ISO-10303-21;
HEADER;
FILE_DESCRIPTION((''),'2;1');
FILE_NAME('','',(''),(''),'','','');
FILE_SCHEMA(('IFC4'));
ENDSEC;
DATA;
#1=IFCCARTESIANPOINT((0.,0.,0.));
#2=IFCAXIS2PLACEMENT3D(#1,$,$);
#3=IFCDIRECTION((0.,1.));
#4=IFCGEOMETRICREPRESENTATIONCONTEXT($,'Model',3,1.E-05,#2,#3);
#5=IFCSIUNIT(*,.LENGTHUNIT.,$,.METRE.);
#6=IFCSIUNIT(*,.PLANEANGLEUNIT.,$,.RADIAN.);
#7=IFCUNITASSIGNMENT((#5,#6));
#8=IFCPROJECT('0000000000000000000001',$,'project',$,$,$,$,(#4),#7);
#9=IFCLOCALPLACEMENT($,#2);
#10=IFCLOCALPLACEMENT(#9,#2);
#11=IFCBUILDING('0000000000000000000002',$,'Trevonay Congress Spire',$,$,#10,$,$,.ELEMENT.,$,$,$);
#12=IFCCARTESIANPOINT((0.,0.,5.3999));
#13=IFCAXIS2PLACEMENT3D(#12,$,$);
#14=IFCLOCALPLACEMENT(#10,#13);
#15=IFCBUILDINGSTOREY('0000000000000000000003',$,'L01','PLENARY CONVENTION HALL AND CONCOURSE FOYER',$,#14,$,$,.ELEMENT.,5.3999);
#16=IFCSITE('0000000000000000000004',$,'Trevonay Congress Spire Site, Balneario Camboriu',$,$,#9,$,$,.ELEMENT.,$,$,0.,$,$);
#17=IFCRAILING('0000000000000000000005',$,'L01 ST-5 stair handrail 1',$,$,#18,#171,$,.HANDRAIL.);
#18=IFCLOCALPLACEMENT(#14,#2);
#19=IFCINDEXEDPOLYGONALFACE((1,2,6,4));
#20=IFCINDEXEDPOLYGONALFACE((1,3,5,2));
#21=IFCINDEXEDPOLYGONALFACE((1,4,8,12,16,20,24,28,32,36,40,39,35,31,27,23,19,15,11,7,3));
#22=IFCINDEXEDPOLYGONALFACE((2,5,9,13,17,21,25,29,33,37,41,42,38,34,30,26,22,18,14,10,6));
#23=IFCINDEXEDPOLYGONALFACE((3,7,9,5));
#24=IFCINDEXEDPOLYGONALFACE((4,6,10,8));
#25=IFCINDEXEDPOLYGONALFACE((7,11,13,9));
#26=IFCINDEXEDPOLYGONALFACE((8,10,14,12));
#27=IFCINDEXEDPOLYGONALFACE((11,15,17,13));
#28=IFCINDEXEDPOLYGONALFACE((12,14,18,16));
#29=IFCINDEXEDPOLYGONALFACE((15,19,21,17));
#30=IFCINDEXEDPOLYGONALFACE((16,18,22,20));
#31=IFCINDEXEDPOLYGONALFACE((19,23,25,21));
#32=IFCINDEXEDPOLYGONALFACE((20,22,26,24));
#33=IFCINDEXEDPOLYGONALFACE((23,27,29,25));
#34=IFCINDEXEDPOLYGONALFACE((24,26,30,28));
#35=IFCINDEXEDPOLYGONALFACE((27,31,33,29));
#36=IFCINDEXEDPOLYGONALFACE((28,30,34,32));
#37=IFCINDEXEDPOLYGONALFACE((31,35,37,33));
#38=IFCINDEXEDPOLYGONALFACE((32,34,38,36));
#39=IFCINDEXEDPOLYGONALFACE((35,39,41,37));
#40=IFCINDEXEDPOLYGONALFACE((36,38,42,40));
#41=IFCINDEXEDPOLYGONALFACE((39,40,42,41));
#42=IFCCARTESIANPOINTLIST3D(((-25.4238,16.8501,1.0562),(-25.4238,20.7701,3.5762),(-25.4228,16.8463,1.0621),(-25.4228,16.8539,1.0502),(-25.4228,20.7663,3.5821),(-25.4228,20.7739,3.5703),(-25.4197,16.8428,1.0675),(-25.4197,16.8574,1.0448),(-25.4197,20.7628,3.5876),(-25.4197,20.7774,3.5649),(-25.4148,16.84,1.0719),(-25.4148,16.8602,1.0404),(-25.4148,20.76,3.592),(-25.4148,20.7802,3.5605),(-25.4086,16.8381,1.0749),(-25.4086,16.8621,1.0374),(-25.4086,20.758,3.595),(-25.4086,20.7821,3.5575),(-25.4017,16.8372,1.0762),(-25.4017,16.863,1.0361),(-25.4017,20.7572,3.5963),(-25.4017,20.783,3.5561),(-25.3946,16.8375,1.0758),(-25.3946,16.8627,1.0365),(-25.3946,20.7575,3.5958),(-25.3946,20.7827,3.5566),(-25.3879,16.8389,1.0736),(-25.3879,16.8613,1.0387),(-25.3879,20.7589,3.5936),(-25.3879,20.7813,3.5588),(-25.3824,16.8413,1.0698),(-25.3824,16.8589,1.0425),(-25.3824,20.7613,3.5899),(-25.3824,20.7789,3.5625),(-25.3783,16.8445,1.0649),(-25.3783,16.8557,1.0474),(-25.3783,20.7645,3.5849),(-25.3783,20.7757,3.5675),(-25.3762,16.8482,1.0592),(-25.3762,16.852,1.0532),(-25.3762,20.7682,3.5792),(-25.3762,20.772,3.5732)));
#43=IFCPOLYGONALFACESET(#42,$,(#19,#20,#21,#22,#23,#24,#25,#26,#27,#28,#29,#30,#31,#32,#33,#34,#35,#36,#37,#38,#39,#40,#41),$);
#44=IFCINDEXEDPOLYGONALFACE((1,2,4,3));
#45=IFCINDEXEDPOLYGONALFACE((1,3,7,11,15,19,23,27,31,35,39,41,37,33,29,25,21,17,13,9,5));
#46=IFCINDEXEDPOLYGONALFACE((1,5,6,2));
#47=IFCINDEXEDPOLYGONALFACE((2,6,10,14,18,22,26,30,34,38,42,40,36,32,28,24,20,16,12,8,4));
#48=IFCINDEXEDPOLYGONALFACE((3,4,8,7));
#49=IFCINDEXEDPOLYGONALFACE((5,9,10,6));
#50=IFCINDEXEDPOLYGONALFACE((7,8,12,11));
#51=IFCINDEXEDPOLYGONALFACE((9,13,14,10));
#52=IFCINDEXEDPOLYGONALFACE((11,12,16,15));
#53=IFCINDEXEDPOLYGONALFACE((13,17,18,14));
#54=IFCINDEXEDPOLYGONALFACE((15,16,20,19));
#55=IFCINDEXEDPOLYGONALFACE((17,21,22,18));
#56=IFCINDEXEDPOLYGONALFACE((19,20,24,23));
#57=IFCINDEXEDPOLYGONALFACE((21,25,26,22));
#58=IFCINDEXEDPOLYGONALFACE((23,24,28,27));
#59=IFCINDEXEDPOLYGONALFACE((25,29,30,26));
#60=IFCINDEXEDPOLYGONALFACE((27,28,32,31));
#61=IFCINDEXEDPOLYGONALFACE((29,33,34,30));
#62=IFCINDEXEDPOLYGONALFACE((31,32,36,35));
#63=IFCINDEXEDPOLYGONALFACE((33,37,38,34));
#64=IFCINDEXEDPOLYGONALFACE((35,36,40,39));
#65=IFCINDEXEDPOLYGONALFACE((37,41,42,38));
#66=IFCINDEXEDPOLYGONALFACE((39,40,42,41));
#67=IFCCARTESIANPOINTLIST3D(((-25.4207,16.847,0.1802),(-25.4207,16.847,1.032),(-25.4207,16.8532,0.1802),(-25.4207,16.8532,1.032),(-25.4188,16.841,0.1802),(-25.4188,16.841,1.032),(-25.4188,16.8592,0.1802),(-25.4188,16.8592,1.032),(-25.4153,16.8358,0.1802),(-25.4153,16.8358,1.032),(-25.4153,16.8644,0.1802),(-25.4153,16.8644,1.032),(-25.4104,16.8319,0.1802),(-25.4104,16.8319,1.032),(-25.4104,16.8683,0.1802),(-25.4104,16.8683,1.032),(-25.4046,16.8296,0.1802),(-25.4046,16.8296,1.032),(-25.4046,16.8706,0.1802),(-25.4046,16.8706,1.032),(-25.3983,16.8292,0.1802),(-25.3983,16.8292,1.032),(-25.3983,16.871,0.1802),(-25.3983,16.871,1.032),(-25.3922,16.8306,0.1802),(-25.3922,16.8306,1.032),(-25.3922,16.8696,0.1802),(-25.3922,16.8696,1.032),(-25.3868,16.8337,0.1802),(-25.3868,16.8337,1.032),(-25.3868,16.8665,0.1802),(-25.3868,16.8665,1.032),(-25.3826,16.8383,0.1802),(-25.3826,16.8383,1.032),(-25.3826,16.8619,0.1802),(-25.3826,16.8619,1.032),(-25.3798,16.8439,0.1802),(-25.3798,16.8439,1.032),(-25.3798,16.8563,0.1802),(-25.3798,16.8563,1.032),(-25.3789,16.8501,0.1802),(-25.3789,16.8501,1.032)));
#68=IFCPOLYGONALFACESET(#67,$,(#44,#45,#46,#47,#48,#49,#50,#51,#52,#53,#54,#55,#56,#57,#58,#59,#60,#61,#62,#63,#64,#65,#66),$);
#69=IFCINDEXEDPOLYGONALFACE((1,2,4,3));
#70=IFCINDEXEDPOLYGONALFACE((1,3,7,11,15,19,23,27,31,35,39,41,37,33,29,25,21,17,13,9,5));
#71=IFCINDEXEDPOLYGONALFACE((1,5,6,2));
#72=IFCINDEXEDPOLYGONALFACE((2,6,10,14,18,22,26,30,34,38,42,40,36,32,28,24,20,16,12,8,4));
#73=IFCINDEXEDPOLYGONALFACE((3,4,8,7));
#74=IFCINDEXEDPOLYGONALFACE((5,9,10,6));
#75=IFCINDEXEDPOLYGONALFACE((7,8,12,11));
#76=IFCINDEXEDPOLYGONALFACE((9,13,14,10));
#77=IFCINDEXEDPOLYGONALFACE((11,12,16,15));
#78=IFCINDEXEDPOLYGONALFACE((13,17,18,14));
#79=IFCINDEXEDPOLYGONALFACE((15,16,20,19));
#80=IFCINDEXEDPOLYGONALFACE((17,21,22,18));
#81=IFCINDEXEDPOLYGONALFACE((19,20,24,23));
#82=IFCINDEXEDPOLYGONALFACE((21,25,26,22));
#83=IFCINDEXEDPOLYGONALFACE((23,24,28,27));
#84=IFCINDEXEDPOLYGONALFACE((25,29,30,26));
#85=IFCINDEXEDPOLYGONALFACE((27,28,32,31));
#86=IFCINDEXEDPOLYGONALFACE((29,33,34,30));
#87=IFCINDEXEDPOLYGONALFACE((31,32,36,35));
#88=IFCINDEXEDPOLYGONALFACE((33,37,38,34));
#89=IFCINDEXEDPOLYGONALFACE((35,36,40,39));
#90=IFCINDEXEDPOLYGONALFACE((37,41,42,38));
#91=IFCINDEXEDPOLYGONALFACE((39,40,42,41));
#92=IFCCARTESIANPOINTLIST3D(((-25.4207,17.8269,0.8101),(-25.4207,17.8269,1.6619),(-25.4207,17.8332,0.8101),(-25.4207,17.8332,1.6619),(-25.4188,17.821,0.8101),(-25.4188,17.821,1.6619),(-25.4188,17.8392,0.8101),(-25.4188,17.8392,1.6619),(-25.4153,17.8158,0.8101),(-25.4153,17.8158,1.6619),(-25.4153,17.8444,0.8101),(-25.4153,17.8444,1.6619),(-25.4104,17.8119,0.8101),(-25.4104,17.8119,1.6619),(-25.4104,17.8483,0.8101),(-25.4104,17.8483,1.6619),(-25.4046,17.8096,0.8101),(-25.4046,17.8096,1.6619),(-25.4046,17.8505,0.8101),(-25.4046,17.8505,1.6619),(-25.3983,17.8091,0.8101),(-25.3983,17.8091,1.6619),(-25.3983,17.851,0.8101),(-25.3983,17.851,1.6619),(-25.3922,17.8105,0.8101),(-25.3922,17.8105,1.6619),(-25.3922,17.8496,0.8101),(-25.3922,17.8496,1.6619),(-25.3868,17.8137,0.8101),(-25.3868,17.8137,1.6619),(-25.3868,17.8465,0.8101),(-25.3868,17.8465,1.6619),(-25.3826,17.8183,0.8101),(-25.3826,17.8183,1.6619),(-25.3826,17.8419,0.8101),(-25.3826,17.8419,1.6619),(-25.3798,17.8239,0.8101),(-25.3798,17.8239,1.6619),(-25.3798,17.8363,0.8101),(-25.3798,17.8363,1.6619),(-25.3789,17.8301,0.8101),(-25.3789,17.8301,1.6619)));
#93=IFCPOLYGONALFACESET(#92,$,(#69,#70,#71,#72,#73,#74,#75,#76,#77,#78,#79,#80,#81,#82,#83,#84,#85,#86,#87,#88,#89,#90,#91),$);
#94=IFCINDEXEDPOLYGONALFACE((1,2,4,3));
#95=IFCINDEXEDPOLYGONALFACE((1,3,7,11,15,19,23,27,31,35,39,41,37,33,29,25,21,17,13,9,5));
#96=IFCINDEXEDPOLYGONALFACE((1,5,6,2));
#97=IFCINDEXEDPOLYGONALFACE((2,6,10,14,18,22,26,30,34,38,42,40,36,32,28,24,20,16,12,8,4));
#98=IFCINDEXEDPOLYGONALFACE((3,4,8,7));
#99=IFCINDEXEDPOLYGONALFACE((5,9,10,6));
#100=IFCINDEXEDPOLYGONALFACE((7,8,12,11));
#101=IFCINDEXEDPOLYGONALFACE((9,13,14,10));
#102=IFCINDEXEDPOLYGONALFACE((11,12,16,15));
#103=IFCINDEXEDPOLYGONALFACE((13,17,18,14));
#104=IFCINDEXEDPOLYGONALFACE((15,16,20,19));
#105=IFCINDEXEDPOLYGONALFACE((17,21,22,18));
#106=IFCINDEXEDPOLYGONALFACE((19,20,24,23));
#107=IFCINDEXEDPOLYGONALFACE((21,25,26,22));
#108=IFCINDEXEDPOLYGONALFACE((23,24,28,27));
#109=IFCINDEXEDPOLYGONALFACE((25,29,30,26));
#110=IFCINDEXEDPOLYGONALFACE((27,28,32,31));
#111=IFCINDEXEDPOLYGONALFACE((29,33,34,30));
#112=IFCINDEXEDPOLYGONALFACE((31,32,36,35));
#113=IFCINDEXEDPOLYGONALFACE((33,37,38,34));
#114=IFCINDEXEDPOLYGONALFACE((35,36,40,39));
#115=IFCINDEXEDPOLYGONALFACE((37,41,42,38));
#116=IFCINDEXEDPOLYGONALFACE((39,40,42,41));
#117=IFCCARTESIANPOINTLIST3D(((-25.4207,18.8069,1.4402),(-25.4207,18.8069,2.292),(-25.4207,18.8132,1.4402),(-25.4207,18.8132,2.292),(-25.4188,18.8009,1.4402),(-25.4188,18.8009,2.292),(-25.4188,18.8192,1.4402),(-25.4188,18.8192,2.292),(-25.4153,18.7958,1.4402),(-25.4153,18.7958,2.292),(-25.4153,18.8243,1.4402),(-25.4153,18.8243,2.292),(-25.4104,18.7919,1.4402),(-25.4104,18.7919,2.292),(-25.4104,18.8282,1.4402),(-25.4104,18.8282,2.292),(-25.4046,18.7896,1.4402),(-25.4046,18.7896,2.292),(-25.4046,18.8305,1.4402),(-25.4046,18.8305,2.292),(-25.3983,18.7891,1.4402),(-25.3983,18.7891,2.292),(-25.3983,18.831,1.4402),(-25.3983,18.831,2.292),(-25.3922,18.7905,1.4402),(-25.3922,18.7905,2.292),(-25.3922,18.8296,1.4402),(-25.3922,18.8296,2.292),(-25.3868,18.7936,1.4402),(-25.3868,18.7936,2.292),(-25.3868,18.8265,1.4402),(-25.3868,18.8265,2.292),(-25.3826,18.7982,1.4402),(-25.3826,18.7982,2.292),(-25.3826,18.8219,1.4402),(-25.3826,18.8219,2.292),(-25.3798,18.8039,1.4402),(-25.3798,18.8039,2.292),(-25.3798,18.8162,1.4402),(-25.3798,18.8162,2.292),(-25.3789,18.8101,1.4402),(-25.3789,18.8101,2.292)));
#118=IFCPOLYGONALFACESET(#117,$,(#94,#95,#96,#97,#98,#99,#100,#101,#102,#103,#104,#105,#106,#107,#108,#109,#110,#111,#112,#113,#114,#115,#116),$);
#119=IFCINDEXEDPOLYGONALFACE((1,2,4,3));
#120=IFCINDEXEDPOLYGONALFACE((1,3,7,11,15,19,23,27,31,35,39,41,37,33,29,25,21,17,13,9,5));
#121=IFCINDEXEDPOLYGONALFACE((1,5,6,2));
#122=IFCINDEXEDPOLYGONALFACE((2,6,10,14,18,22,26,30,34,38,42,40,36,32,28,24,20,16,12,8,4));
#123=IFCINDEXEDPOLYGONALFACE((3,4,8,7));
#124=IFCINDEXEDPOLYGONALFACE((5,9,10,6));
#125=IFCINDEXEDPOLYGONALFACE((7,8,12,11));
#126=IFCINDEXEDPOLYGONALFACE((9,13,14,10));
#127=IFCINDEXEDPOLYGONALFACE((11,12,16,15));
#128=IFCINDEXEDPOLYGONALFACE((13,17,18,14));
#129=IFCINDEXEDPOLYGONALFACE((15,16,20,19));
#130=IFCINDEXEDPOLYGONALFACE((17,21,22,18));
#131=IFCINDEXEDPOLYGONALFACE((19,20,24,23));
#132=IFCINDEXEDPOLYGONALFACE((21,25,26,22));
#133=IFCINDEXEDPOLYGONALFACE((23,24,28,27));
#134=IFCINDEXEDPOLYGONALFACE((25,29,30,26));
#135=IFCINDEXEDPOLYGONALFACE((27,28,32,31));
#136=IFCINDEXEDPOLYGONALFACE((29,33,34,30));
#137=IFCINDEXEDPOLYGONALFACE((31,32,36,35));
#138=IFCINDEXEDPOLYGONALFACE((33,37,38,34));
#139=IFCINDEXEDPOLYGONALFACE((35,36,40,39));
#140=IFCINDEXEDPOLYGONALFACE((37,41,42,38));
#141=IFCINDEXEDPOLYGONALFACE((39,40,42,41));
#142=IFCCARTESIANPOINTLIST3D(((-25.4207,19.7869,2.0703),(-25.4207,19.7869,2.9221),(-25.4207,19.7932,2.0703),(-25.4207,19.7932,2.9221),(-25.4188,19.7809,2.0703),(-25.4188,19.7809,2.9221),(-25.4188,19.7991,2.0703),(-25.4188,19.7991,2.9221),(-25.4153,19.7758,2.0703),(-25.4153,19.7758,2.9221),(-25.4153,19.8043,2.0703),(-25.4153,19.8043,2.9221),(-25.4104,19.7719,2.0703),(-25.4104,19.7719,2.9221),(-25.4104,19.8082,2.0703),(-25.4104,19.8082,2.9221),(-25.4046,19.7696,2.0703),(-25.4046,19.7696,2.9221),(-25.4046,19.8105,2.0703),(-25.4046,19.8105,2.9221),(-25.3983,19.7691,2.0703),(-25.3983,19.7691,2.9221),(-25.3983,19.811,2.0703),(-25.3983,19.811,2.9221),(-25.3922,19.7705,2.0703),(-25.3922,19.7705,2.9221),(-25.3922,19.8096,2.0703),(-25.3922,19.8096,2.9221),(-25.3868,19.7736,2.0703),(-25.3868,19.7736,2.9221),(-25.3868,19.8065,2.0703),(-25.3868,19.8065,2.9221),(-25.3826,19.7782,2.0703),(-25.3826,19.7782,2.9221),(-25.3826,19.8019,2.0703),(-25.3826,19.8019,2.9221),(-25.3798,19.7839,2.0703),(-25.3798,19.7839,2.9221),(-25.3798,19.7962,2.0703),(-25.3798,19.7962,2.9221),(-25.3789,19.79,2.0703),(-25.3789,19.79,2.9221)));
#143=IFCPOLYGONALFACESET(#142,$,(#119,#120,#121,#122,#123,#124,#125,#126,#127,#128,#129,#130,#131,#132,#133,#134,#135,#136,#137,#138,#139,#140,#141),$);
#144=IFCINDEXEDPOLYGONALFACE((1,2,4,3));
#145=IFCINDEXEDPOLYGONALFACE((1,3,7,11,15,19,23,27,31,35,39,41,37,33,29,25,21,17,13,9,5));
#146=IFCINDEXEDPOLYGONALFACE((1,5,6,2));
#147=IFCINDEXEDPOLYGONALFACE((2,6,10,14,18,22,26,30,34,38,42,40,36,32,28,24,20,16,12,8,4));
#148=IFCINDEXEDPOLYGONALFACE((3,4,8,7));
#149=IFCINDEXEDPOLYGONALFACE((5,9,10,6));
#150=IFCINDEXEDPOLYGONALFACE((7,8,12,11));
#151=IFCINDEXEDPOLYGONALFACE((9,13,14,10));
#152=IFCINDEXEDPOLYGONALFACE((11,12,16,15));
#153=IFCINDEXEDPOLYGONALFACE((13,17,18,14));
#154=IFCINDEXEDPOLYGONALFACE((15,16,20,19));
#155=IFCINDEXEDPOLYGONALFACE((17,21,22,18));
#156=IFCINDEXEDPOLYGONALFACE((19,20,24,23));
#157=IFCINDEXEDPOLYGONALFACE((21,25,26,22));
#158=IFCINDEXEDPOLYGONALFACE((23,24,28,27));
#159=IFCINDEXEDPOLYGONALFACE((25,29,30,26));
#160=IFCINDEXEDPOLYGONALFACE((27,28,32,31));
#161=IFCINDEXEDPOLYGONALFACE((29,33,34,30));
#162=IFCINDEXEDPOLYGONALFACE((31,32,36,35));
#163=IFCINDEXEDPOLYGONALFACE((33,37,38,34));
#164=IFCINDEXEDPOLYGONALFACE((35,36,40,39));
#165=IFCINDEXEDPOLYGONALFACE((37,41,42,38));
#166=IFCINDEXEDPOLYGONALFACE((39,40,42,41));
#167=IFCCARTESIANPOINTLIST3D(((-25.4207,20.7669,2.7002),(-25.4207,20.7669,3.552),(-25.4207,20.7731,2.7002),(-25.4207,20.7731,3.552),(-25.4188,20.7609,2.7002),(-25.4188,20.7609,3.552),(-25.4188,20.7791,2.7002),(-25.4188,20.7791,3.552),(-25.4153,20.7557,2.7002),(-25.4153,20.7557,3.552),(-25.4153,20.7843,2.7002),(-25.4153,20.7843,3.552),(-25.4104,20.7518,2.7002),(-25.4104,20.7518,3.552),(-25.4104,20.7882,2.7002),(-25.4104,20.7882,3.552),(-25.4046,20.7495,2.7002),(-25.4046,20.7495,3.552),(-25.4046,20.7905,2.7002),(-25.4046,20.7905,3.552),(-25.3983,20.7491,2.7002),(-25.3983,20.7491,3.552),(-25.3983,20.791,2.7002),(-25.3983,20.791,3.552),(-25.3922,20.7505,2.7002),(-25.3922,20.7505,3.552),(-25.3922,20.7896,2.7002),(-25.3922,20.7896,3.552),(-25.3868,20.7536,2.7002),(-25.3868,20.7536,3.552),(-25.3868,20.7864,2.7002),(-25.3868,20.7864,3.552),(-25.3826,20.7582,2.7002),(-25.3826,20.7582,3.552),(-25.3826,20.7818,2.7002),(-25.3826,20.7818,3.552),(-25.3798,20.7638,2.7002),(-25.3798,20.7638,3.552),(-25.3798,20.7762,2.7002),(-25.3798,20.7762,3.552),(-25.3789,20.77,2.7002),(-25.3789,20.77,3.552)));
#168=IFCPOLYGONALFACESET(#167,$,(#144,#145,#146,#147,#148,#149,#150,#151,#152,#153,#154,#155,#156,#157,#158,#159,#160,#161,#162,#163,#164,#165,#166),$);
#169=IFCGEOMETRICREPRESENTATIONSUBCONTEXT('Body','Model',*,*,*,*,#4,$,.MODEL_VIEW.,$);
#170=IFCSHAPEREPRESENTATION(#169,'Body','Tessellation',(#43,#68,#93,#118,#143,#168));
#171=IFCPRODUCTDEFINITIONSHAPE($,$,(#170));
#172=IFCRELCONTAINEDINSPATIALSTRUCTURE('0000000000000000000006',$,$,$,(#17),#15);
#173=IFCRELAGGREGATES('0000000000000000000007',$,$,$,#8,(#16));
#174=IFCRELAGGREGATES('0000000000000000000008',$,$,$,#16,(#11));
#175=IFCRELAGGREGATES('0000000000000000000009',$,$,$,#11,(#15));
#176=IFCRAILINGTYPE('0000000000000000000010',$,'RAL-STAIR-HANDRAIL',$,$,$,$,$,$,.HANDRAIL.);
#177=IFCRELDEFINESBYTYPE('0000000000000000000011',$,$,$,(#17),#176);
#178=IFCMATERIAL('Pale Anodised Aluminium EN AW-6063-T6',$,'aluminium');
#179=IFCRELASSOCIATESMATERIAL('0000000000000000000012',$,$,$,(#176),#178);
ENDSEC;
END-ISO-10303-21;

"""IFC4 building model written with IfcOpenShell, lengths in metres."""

from ifc_helpers import new_model, si_unit, direction, frame, origin, origin_2d, place, context, subcontext, project, spatial, circle, extrude, material, type_object, element, save


model = new_model("IFC4")

# Units and contexts
model_context = context("Model", 3, precision=1e-05, world=origin(), true_north=direction((0.0, 1.0)))
body_context = subcontext(model_context, "Body", "Model", "MODEL_VIEW")
ifc_project = project(units=[si_unit("LENGTHUNIT", "METRE"), si_unit("PLANEANGLEUNIT", "RADIAN")], contexts=[model_context])

# Site, building, storey
site_placement = place(None, origin())
site = spatial("IfcSite", under=ifc_project, at=site_placement, Name="Trevonay Congress Spire Site, Balneario Camboriu", CompositionType="ELEMENT", RefElevation=0.0)
building_placement = place(site_placement, origin())
building = spatial("IfcBuilding", under=site, at=building_placement, Name="Trevonay Congress Spire", CompositionType="ELEMENT")
storey_placement = place(building_placement, frame((0.0, 0.0, 5.3999)))
storey = spatial("IfcBuildingStorey", under=building, at=storey_placement, Name="L01", Description="PLENARY CONVENTION HALL AND CONCOURSE FOYER", CompositionType="ELEMENT", Elevation=5.3999)

# Shared definitions
ifc_material_1 = material(Name="Pale Anodised Aluminium EN AW-6063-T6", Category="aluminium")

# Railing
railing_type_1 = type_object("IfcRailingType", Name="RAL-STAIR-HANDRAIL", PredefinedType="HANDRAIL", material=ifc_material_1)
railing_1_placement = place(storey_placement, frame((-25.3999, 16.8501, 0.1802)))
element("IfcRailing", 1, at=railing_1_placement, inside=storey, type_object=railing_type_1, Name="L01 ST-5 stair handrail 1", PredefinedType="HANDRAIL", context=body_context, shape_type="SweptSolid", body=[
    extrude(circle(Radius=0.0239, at=origin_2d()), frame((0.0, 0.0, 0.876), z_axis=(0.0, 0.841172, 0.540768), x_axis=(-1.0, 0.0, 0.0)), (0.0, 0.0, 1.0), 4.6602),
    extrude(circle(Radius=0.021, at=origin_2d()), origin(), (0.0, 0.0, 1.0), 0.8518),
    extrude(circle(Radius=0.021, at=origin_2d()), frame((0.0, 0.98, 0.6299)), (0.0, 0.0, 1.0), 0.8518),
    extrude(circle(Radius=0.021, at=origin_2d()), frame((0.0, 1.96, 1.26)), (0.0, 0.0, 1.0), 0.8518),
    extrude(circle(Radius=0.021, at=origin_2d()), frame((0.0, 2.9399, 1.8901)), (0.0, 0.0, 1.0), 0.8518),
    extrude(circle(Radius=0.021, at=origin_2d()), frame((0.0, 3.9199, 2.52)), (0.0, 0.0, 1.0), 0.8518),
])

save(model, "model.ifc")
